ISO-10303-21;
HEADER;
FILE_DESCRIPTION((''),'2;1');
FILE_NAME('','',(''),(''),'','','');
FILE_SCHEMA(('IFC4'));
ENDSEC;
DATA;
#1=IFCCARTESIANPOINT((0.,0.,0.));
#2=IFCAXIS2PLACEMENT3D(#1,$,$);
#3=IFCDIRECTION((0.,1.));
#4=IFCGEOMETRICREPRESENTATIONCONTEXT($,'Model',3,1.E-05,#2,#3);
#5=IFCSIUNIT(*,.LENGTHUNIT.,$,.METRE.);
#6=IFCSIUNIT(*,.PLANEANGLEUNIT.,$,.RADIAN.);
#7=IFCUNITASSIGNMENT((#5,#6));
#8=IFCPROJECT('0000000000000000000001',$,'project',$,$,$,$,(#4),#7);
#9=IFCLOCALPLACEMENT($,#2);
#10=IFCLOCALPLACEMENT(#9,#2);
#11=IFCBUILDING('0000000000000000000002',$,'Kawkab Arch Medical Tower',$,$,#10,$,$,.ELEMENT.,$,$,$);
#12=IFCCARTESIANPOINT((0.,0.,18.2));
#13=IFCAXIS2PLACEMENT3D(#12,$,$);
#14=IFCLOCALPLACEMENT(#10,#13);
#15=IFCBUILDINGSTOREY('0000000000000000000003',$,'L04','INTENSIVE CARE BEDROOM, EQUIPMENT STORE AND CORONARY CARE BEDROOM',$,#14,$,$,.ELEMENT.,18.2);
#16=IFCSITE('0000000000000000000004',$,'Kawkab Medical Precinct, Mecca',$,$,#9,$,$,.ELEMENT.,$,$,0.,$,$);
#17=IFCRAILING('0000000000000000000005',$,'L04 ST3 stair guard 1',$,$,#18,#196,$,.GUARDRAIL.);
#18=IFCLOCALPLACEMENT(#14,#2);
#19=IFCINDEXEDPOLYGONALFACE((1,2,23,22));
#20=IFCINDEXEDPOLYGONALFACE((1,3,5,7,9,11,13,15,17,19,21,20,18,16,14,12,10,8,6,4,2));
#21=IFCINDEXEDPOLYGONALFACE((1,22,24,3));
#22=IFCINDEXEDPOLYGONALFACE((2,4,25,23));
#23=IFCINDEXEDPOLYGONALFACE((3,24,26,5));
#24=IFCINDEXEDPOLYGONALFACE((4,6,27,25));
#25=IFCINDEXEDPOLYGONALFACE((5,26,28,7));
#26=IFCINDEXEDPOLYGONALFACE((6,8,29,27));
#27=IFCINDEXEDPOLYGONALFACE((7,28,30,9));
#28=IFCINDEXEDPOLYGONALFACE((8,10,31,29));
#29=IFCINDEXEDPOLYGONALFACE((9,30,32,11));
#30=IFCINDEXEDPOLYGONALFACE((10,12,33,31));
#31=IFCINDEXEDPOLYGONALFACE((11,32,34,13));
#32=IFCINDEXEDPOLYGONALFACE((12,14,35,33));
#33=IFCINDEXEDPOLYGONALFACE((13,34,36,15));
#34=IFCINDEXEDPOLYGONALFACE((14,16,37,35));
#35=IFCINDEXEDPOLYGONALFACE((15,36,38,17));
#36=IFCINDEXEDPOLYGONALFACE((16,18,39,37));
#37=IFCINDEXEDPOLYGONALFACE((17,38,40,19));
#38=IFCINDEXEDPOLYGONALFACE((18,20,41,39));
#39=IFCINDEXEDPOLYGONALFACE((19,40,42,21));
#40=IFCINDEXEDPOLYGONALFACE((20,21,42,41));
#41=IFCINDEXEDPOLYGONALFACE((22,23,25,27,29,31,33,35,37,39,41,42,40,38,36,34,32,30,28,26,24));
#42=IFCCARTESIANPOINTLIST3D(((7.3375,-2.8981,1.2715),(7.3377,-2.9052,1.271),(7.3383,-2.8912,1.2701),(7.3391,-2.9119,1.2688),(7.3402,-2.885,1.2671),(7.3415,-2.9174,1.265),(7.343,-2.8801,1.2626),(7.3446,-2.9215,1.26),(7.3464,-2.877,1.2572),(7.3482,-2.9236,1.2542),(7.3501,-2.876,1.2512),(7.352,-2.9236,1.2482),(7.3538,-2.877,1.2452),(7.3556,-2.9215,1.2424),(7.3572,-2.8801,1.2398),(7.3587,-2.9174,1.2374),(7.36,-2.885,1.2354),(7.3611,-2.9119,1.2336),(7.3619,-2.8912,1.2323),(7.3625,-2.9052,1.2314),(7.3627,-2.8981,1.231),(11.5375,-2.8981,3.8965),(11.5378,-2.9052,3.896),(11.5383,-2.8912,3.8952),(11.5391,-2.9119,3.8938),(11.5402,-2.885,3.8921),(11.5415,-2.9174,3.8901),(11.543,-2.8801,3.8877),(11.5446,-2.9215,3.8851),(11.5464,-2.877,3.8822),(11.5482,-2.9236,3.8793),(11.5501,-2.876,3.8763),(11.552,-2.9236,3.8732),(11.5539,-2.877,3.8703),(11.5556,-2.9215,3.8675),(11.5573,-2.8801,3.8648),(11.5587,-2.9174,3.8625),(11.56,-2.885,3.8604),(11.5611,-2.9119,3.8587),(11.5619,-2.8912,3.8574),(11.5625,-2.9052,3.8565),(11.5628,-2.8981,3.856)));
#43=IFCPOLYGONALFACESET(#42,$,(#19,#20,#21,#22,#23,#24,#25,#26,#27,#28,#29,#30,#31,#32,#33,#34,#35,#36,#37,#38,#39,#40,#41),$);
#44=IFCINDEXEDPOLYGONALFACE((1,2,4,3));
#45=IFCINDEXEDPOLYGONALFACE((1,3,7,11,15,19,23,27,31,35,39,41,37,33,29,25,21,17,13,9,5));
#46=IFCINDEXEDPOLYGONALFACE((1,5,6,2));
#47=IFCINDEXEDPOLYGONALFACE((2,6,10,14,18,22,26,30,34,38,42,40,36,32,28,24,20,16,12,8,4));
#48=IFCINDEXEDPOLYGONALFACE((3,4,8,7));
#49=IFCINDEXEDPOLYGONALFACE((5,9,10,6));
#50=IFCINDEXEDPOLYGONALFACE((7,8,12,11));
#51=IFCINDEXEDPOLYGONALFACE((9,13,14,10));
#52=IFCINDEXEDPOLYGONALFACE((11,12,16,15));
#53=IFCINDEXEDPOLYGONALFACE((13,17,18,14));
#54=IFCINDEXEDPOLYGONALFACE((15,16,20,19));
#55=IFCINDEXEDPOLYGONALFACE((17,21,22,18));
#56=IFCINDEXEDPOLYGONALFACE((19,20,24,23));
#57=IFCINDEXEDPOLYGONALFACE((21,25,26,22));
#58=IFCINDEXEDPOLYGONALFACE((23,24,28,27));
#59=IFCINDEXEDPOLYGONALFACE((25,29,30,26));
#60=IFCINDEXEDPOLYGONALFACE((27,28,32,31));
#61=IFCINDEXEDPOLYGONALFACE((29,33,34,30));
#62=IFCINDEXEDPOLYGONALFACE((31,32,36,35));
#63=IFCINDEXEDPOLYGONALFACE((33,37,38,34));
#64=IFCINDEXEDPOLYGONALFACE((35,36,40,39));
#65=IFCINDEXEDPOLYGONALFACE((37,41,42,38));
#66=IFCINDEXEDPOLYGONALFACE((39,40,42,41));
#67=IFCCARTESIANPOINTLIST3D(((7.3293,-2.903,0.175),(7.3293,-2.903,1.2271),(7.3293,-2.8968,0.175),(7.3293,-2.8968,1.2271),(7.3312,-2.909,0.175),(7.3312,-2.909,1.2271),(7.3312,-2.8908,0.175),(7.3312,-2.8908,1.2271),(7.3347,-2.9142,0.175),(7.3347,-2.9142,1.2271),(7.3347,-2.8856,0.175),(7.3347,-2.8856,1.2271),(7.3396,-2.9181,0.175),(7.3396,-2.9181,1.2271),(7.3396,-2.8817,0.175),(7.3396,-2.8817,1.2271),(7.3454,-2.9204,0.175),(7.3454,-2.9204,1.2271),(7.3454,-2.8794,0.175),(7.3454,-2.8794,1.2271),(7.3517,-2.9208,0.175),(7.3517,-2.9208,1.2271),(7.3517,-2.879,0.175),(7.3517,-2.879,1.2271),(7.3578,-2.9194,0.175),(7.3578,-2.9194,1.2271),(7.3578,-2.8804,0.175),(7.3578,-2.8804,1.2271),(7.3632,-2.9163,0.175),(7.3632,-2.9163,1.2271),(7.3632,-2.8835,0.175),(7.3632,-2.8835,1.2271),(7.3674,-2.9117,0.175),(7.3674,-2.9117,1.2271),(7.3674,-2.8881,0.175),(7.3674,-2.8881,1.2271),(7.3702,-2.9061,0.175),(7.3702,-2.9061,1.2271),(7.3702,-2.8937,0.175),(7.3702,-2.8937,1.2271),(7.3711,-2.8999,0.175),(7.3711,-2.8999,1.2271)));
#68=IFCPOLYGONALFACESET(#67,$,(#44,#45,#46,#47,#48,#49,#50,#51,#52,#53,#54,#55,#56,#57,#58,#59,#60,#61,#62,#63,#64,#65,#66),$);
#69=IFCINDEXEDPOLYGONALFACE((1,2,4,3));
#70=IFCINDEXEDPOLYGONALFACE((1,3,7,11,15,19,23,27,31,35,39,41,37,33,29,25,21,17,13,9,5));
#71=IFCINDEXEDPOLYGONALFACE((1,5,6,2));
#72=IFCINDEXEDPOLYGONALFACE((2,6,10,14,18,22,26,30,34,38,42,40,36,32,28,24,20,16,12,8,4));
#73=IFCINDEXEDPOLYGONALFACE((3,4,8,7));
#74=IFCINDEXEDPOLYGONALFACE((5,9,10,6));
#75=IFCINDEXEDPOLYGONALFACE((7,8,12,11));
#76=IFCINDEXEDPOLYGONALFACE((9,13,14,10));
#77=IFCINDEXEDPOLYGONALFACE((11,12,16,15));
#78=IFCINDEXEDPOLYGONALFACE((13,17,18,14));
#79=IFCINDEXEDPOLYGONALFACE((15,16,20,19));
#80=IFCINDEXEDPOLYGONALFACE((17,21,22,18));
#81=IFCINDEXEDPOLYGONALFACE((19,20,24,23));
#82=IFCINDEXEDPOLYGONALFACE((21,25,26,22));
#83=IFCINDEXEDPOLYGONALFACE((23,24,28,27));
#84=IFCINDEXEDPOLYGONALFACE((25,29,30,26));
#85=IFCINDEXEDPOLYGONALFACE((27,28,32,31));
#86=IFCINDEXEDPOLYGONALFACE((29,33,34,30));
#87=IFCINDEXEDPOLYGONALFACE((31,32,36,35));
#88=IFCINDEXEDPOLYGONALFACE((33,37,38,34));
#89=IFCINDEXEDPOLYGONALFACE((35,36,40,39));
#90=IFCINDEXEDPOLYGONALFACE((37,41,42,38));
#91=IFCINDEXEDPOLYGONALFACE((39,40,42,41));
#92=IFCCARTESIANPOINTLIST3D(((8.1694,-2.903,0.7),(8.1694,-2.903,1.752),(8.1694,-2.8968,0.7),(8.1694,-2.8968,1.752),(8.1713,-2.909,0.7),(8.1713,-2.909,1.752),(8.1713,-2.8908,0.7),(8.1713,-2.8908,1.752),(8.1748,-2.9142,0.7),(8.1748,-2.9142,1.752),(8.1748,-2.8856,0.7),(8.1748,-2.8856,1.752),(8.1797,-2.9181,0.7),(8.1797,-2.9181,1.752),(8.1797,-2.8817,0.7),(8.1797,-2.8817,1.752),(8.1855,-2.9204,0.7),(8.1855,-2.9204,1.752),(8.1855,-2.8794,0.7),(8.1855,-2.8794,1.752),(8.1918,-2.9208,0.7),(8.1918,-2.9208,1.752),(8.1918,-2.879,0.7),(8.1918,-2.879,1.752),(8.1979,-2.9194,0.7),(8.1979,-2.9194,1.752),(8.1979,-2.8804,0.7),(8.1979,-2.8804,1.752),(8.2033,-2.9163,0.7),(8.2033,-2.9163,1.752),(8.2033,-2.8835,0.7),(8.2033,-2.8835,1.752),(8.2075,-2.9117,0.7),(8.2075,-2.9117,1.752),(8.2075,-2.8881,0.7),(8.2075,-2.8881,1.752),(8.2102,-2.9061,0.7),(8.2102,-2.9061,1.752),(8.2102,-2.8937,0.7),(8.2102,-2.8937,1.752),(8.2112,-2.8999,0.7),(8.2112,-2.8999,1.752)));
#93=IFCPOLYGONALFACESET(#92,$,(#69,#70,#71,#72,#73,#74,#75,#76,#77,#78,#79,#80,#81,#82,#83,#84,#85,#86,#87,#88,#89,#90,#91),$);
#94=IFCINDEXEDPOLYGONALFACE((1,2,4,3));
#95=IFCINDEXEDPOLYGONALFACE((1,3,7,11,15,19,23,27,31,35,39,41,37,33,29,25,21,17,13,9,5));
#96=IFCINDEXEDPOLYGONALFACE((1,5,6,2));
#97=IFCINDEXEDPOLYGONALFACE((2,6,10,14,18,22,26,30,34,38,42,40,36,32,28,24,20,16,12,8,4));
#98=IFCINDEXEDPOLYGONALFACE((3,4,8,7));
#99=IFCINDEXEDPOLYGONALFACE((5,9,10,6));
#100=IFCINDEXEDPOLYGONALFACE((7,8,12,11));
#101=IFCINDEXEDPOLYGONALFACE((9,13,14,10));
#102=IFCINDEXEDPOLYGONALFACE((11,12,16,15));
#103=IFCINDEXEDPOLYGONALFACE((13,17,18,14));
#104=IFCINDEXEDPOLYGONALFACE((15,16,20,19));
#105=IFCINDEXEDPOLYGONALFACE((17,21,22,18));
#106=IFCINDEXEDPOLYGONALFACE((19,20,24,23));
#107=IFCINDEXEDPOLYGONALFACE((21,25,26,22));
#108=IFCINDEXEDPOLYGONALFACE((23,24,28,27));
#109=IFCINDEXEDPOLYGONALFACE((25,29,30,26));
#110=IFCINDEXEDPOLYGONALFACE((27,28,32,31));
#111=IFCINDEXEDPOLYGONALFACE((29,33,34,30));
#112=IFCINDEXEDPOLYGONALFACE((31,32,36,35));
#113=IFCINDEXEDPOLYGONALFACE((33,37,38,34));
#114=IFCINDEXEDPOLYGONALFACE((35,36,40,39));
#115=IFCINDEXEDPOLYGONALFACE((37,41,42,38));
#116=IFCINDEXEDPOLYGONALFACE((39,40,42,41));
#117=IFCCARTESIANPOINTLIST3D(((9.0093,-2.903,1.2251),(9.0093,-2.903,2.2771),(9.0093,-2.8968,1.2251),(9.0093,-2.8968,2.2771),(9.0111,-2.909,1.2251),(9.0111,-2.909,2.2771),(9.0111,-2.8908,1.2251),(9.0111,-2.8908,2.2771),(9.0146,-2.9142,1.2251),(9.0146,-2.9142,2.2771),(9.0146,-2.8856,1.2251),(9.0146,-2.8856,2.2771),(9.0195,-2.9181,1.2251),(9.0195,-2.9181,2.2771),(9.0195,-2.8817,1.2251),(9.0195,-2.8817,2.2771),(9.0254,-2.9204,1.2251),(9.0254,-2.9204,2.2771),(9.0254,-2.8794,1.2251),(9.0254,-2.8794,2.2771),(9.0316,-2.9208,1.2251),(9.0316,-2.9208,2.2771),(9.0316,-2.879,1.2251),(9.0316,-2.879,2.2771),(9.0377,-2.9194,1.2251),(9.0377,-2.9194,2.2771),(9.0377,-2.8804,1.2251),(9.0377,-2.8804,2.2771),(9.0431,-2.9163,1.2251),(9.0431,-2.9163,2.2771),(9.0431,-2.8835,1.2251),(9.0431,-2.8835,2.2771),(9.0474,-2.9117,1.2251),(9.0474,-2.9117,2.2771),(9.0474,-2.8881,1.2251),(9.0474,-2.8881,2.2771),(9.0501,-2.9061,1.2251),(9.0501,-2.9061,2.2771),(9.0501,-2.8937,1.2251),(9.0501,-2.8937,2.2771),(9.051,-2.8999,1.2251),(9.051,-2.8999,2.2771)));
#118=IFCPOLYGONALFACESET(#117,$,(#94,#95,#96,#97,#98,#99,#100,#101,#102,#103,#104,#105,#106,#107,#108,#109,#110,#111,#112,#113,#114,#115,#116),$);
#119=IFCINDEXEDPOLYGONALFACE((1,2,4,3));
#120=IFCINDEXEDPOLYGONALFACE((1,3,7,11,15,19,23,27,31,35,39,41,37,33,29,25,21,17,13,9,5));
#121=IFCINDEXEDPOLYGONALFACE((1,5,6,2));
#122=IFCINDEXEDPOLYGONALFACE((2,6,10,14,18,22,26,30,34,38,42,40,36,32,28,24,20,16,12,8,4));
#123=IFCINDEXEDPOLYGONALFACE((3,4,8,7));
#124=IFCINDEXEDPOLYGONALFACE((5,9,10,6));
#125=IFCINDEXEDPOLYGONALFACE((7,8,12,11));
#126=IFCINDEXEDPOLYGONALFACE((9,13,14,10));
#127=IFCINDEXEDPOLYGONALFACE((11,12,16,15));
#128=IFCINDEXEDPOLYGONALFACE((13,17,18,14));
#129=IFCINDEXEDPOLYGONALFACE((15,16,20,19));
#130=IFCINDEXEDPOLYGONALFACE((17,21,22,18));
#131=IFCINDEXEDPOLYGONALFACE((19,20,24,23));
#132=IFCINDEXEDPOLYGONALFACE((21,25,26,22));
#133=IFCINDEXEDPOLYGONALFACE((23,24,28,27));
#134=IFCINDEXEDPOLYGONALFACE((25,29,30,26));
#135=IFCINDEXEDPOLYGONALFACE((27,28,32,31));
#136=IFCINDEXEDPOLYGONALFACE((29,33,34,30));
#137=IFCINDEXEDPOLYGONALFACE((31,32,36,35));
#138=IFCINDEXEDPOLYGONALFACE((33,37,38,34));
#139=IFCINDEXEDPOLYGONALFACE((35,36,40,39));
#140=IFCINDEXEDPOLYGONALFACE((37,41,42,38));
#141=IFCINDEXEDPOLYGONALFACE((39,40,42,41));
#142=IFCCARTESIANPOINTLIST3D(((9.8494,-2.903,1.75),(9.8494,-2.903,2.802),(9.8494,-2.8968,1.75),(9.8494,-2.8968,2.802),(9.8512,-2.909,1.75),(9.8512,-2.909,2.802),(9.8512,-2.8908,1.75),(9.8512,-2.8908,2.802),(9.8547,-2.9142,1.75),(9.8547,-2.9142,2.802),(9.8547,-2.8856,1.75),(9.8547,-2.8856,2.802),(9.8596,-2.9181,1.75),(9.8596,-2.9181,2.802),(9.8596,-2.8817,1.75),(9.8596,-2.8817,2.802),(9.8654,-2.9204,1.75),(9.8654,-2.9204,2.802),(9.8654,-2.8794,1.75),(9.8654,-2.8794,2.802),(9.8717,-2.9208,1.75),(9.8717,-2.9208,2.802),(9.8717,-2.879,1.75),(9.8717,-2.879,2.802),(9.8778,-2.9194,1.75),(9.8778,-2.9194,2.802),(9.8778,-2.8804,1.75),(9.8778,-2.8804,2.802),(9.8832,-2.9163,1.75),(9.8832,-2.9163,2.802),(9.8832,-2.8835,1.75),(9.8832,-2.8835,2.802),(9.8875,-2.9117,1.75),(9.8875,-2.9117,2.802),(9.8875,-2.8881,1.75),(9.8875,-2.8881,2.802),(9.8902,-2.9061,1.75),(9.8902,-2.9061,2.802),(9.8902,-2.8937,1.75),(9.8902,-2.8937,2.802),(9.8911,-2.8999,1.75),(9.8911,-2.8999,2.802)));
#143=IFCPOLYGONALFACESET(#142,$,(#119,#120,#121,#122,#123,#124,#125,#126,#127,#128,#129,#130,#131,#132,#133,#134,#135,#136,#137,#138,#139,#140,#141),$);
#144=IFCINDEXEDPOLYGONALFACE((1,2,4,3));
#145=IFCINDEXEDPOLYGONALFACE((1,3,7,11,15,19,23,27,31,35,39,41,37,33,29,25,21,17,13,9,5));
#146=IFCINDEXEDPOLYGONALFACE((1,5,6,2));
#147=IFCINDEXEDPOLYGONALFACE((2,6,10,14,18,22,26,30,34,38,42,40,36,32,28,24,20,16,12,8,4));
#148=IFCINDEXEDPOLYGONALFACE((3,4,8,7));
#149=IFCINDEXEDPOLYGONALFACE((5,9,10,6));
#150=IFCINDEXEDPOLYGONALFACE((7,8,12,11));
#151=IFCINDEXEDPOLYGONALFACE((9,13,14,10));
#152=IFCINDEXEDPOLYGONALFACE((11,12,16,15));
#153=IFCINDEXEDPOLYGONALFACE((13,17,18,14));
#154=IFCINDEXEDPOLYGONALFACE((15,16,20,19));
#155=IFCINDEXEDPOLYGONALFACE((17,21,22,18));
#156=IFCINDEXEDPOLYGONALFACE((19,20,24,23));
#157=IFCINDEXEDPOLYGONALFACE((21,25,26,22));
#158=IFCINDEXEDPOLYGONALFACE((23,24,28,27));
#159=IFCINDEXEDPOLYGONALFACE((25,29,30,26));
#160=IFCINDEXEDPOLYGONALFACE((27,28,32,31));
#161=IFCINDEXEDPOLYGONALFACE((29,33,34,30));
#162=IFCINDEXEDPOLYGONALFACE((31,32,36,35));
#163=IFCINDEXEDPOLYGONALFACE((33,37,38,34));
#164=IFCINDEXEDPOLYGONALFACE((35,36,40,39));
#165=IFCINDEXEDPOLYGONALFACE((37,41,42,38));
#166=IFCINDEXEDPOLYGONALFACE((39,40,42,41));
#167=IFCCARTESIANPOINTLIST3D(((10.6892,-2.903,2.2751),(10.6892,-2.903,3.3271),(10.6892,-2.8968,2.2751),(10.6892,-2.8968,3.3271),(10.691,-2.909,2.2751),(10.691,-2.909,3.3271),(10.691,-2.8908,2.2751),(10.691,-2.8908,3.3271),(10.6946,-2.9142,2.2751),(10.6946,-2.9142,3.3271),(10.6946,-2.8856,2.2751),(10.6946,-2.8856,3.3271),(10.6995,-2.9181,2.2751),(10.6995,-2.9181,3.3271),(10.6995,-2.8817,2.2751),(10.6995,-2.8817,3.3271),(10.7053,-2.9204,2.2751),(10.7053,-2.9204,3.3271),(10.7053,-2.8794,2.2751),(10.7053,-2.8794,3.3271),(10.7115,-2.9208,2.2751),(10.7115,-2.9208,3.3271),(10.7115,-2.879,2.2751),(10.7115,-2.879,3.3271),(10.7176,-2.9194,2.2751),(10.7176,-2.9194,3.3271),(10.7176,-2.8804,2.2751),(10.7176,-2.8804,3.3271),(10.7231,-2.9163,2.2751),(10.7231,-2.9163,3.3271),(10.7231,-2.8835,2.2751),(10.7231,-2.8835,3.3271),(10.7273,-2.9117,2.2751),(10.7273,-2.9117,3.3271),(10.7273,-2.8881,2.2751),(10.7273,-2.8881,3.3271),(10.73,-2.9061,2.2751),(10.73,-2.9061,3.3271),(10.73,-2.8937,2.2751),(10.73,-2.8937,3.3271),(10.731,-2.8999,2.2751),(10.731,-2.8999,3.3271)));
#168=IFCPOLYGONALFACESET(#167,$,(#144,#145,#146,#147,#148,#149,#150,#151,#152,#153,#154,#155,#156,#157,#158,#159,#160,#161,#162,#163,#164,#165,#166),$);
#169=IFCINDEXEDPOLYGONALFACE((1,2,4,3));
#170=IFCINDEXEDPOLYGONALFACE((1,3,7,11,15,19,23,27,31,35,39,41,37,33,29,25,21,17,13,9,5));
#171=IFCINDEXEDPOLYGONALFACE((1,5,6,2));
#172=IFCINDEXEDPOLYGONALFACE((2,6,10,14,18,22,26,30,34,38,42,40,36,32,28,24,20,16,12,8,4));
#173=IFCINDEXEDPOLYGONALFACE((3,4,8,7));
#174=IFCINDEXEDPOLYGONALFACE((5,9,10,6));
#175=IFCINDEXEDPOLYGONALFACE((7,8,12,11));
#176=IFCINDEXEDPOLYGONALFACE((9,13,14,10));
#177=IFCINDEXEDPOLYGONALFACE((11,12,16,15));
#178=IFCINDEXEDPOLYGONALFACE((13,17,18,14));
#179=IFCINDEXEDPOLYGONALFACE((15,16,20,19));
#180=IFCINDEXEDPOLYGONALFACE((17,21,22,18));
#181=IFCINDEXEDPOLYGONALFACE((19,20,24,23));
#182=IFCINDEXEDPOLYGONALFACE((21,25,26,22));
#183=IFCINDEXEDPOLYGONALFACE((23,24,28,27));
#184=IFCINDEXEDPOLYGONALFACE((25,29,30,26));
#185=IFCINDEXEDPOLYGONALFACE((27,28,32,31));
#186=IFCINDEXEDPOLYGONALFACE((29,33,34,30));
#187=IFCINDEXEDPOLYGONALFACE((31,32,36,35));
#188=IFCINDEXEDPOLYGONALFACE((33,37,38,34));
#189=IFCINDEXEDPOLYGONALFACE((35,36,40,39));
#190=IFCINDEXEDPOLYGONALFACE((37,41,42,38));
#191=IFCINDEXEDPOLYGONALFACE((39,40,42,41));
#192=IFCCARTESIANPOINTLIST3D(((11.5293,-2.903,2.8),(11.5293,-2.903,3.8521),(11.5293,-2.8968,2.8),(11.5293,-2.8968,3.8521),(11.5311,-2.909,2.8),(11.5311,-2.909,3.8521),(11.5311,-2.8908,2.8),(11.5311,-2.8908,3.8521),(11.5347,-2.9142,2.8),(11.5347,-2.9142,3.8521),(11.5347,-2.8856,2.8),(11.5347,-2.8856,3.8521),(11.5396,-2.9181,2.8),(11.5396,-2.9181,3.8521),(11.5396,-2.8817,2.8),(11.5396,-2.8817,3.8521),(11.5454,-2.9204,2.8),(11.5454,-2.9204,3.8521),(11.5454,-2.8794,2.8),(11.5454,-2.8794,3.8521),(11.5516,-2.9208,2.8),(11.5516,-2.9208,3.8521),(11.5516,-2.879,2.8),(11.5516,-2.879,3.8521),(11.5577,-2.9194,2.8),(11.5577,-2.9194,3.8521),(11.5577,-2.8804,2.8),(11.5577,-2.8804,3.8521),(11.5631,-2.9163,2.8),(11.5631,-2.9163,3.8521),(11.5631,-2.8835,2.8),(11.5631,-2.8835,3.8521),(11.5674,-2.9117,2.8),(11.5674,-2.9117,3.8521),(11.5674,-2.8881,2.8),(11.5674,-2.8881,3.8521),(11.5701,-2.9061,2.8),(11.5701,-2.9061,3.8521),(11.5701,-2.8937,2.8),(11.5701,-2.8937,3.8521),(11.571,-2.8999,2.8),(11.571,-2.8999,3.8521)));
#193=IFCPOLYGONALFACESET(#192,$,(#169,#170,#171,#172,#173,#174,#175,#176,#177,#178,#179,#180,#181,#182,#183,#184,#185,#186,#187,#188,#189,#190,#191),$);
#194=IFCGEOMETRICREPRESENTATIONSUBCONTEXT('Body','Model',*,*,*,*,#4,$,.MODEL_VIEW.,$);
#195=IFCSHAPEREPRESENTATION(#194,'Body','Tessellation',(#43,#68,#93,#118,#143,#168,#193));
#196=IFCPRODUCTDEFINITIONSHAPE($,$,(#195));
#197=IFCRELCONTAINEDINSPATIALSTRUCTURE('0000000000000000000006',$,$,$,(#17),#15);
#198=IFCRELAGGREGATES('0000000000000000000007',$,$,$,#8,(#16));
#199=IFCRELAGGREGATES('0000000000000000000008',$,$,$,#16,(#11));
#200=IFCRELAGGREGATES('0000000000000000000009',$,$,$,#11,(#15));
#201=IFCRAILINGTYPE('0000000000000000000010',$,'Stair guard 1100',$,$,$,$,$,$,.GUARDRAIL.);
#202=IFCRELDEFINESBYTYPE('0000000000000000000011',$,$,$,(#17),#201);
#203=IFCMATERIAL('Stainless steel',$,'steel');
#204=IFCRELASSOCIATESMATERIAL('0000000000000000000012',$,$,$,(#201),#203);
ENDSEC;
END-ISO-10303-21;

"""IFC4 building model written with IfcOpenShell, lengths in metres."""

from ifc_helpers import new_model, si_unit, direction, frame, origin, origin_2d, place, context, subcontext, project, spatial, circle, extrude, material, type_object, element, save


model = new_model("IFC4")

# Units and contexts
model_context = context("Model", 3, precision=1e-05, world=origin(), true_north=direction((0.0, 1.0)))
body_context = subcontext(model_context, "Body", "Model", "MODEL_VIEW")
ifc_project = project(units=[si_unit("LENGTHUNIT", "METRE"), si_unit("PLANEANGLEUNIT", "RADIAN")], contexts=[model_context])

# Site, building, storey
site_placement = place(None, origin())
site = spatial("IfcSite", under=ifc_project, at=site_placement, Name="Kawkab Medical Precinct, Mecca", CompositionType="ELEMENT", RefElevation=0.0)
building_placement = place(site_placement, origin())
building = spatial("IfcBuilding", under=site, at=building_placement, Name="Kawkab Arch Medical Tower", CompositionType="ELEMENT")
storey_placement = place(building_placement, frame((0.0, 0.0, 18.2)))
storey = spatial("IfcBuildingStorey", under=building, at=storey_placement, Name="L04", Description="INTENSIVE CARE BEDROOM, EQUIPMENT STORE AND CORONARY CARE BEDROOM", CompositionType="ELEMENT", Elevation=18.2)

# Railing
ifc_material_1 = material(Name="Stainless steel", Category="steel")
railing_type = type_object("IfcRailingType", Name="Stair guard 1100", PredefinedType="GUARDRAIL", material=ifc_material_1)
railing_1_placement = place(storey_placement, frame((7.3501, -2.8999, 0.175)))
element("IfcRailing", 1, at=railing_1_placement, inside=storey, type_object=railing_type, Name="L04 ST3 stair guard 1", PredefinedType="GUARDRAIL", context=body_context, shape_type="SweptSolid", body=[
    extrude(circle(Radius=0.0239, at=origin_2d()), frame((0.0, 0.0, 1.0762), z_axis=(0.847996, 0.0, 0.530003), x_axis=(0.0, 1.0, 0.0)), (0.0, 0.0, 1.0), 4.9529),
    extrude(circle(Radius=0.021, at=origin_2d()), origin(), (0.0, 0.0, 1.0), 1.052),
    extrude(circle(Radius=0.021, at=origin_2d()), frame((0.8401, 0.0, 0.5249)), (0.0, 0.0, 1.0), 1.052),
    extrude(circle(Radius=0.021, at=origin_2d()), frame((1.6799, 0.0, 1.05)), (0.0, 0.0, 1.0), 1.052),
    extrude(circle(Radius=0.021, at=origin_2d()), frame((2.52, 0.0, 1.575)), (0.0, 0.0, 1.0), 1.052),
    extrude(circle(Radius=0.021, at=origin_2d()), frame((3.3599, 0.0, 2.1001)), (0.0, 0.0, 1.0), 1.052),
    extrude(circle(Radius=0.021, at=origin_2d()), frame((4.2, 0.0, 2.625)), (0.0, 0.0, 1.0), 1.052),
])

save(model, "model.ifc")
